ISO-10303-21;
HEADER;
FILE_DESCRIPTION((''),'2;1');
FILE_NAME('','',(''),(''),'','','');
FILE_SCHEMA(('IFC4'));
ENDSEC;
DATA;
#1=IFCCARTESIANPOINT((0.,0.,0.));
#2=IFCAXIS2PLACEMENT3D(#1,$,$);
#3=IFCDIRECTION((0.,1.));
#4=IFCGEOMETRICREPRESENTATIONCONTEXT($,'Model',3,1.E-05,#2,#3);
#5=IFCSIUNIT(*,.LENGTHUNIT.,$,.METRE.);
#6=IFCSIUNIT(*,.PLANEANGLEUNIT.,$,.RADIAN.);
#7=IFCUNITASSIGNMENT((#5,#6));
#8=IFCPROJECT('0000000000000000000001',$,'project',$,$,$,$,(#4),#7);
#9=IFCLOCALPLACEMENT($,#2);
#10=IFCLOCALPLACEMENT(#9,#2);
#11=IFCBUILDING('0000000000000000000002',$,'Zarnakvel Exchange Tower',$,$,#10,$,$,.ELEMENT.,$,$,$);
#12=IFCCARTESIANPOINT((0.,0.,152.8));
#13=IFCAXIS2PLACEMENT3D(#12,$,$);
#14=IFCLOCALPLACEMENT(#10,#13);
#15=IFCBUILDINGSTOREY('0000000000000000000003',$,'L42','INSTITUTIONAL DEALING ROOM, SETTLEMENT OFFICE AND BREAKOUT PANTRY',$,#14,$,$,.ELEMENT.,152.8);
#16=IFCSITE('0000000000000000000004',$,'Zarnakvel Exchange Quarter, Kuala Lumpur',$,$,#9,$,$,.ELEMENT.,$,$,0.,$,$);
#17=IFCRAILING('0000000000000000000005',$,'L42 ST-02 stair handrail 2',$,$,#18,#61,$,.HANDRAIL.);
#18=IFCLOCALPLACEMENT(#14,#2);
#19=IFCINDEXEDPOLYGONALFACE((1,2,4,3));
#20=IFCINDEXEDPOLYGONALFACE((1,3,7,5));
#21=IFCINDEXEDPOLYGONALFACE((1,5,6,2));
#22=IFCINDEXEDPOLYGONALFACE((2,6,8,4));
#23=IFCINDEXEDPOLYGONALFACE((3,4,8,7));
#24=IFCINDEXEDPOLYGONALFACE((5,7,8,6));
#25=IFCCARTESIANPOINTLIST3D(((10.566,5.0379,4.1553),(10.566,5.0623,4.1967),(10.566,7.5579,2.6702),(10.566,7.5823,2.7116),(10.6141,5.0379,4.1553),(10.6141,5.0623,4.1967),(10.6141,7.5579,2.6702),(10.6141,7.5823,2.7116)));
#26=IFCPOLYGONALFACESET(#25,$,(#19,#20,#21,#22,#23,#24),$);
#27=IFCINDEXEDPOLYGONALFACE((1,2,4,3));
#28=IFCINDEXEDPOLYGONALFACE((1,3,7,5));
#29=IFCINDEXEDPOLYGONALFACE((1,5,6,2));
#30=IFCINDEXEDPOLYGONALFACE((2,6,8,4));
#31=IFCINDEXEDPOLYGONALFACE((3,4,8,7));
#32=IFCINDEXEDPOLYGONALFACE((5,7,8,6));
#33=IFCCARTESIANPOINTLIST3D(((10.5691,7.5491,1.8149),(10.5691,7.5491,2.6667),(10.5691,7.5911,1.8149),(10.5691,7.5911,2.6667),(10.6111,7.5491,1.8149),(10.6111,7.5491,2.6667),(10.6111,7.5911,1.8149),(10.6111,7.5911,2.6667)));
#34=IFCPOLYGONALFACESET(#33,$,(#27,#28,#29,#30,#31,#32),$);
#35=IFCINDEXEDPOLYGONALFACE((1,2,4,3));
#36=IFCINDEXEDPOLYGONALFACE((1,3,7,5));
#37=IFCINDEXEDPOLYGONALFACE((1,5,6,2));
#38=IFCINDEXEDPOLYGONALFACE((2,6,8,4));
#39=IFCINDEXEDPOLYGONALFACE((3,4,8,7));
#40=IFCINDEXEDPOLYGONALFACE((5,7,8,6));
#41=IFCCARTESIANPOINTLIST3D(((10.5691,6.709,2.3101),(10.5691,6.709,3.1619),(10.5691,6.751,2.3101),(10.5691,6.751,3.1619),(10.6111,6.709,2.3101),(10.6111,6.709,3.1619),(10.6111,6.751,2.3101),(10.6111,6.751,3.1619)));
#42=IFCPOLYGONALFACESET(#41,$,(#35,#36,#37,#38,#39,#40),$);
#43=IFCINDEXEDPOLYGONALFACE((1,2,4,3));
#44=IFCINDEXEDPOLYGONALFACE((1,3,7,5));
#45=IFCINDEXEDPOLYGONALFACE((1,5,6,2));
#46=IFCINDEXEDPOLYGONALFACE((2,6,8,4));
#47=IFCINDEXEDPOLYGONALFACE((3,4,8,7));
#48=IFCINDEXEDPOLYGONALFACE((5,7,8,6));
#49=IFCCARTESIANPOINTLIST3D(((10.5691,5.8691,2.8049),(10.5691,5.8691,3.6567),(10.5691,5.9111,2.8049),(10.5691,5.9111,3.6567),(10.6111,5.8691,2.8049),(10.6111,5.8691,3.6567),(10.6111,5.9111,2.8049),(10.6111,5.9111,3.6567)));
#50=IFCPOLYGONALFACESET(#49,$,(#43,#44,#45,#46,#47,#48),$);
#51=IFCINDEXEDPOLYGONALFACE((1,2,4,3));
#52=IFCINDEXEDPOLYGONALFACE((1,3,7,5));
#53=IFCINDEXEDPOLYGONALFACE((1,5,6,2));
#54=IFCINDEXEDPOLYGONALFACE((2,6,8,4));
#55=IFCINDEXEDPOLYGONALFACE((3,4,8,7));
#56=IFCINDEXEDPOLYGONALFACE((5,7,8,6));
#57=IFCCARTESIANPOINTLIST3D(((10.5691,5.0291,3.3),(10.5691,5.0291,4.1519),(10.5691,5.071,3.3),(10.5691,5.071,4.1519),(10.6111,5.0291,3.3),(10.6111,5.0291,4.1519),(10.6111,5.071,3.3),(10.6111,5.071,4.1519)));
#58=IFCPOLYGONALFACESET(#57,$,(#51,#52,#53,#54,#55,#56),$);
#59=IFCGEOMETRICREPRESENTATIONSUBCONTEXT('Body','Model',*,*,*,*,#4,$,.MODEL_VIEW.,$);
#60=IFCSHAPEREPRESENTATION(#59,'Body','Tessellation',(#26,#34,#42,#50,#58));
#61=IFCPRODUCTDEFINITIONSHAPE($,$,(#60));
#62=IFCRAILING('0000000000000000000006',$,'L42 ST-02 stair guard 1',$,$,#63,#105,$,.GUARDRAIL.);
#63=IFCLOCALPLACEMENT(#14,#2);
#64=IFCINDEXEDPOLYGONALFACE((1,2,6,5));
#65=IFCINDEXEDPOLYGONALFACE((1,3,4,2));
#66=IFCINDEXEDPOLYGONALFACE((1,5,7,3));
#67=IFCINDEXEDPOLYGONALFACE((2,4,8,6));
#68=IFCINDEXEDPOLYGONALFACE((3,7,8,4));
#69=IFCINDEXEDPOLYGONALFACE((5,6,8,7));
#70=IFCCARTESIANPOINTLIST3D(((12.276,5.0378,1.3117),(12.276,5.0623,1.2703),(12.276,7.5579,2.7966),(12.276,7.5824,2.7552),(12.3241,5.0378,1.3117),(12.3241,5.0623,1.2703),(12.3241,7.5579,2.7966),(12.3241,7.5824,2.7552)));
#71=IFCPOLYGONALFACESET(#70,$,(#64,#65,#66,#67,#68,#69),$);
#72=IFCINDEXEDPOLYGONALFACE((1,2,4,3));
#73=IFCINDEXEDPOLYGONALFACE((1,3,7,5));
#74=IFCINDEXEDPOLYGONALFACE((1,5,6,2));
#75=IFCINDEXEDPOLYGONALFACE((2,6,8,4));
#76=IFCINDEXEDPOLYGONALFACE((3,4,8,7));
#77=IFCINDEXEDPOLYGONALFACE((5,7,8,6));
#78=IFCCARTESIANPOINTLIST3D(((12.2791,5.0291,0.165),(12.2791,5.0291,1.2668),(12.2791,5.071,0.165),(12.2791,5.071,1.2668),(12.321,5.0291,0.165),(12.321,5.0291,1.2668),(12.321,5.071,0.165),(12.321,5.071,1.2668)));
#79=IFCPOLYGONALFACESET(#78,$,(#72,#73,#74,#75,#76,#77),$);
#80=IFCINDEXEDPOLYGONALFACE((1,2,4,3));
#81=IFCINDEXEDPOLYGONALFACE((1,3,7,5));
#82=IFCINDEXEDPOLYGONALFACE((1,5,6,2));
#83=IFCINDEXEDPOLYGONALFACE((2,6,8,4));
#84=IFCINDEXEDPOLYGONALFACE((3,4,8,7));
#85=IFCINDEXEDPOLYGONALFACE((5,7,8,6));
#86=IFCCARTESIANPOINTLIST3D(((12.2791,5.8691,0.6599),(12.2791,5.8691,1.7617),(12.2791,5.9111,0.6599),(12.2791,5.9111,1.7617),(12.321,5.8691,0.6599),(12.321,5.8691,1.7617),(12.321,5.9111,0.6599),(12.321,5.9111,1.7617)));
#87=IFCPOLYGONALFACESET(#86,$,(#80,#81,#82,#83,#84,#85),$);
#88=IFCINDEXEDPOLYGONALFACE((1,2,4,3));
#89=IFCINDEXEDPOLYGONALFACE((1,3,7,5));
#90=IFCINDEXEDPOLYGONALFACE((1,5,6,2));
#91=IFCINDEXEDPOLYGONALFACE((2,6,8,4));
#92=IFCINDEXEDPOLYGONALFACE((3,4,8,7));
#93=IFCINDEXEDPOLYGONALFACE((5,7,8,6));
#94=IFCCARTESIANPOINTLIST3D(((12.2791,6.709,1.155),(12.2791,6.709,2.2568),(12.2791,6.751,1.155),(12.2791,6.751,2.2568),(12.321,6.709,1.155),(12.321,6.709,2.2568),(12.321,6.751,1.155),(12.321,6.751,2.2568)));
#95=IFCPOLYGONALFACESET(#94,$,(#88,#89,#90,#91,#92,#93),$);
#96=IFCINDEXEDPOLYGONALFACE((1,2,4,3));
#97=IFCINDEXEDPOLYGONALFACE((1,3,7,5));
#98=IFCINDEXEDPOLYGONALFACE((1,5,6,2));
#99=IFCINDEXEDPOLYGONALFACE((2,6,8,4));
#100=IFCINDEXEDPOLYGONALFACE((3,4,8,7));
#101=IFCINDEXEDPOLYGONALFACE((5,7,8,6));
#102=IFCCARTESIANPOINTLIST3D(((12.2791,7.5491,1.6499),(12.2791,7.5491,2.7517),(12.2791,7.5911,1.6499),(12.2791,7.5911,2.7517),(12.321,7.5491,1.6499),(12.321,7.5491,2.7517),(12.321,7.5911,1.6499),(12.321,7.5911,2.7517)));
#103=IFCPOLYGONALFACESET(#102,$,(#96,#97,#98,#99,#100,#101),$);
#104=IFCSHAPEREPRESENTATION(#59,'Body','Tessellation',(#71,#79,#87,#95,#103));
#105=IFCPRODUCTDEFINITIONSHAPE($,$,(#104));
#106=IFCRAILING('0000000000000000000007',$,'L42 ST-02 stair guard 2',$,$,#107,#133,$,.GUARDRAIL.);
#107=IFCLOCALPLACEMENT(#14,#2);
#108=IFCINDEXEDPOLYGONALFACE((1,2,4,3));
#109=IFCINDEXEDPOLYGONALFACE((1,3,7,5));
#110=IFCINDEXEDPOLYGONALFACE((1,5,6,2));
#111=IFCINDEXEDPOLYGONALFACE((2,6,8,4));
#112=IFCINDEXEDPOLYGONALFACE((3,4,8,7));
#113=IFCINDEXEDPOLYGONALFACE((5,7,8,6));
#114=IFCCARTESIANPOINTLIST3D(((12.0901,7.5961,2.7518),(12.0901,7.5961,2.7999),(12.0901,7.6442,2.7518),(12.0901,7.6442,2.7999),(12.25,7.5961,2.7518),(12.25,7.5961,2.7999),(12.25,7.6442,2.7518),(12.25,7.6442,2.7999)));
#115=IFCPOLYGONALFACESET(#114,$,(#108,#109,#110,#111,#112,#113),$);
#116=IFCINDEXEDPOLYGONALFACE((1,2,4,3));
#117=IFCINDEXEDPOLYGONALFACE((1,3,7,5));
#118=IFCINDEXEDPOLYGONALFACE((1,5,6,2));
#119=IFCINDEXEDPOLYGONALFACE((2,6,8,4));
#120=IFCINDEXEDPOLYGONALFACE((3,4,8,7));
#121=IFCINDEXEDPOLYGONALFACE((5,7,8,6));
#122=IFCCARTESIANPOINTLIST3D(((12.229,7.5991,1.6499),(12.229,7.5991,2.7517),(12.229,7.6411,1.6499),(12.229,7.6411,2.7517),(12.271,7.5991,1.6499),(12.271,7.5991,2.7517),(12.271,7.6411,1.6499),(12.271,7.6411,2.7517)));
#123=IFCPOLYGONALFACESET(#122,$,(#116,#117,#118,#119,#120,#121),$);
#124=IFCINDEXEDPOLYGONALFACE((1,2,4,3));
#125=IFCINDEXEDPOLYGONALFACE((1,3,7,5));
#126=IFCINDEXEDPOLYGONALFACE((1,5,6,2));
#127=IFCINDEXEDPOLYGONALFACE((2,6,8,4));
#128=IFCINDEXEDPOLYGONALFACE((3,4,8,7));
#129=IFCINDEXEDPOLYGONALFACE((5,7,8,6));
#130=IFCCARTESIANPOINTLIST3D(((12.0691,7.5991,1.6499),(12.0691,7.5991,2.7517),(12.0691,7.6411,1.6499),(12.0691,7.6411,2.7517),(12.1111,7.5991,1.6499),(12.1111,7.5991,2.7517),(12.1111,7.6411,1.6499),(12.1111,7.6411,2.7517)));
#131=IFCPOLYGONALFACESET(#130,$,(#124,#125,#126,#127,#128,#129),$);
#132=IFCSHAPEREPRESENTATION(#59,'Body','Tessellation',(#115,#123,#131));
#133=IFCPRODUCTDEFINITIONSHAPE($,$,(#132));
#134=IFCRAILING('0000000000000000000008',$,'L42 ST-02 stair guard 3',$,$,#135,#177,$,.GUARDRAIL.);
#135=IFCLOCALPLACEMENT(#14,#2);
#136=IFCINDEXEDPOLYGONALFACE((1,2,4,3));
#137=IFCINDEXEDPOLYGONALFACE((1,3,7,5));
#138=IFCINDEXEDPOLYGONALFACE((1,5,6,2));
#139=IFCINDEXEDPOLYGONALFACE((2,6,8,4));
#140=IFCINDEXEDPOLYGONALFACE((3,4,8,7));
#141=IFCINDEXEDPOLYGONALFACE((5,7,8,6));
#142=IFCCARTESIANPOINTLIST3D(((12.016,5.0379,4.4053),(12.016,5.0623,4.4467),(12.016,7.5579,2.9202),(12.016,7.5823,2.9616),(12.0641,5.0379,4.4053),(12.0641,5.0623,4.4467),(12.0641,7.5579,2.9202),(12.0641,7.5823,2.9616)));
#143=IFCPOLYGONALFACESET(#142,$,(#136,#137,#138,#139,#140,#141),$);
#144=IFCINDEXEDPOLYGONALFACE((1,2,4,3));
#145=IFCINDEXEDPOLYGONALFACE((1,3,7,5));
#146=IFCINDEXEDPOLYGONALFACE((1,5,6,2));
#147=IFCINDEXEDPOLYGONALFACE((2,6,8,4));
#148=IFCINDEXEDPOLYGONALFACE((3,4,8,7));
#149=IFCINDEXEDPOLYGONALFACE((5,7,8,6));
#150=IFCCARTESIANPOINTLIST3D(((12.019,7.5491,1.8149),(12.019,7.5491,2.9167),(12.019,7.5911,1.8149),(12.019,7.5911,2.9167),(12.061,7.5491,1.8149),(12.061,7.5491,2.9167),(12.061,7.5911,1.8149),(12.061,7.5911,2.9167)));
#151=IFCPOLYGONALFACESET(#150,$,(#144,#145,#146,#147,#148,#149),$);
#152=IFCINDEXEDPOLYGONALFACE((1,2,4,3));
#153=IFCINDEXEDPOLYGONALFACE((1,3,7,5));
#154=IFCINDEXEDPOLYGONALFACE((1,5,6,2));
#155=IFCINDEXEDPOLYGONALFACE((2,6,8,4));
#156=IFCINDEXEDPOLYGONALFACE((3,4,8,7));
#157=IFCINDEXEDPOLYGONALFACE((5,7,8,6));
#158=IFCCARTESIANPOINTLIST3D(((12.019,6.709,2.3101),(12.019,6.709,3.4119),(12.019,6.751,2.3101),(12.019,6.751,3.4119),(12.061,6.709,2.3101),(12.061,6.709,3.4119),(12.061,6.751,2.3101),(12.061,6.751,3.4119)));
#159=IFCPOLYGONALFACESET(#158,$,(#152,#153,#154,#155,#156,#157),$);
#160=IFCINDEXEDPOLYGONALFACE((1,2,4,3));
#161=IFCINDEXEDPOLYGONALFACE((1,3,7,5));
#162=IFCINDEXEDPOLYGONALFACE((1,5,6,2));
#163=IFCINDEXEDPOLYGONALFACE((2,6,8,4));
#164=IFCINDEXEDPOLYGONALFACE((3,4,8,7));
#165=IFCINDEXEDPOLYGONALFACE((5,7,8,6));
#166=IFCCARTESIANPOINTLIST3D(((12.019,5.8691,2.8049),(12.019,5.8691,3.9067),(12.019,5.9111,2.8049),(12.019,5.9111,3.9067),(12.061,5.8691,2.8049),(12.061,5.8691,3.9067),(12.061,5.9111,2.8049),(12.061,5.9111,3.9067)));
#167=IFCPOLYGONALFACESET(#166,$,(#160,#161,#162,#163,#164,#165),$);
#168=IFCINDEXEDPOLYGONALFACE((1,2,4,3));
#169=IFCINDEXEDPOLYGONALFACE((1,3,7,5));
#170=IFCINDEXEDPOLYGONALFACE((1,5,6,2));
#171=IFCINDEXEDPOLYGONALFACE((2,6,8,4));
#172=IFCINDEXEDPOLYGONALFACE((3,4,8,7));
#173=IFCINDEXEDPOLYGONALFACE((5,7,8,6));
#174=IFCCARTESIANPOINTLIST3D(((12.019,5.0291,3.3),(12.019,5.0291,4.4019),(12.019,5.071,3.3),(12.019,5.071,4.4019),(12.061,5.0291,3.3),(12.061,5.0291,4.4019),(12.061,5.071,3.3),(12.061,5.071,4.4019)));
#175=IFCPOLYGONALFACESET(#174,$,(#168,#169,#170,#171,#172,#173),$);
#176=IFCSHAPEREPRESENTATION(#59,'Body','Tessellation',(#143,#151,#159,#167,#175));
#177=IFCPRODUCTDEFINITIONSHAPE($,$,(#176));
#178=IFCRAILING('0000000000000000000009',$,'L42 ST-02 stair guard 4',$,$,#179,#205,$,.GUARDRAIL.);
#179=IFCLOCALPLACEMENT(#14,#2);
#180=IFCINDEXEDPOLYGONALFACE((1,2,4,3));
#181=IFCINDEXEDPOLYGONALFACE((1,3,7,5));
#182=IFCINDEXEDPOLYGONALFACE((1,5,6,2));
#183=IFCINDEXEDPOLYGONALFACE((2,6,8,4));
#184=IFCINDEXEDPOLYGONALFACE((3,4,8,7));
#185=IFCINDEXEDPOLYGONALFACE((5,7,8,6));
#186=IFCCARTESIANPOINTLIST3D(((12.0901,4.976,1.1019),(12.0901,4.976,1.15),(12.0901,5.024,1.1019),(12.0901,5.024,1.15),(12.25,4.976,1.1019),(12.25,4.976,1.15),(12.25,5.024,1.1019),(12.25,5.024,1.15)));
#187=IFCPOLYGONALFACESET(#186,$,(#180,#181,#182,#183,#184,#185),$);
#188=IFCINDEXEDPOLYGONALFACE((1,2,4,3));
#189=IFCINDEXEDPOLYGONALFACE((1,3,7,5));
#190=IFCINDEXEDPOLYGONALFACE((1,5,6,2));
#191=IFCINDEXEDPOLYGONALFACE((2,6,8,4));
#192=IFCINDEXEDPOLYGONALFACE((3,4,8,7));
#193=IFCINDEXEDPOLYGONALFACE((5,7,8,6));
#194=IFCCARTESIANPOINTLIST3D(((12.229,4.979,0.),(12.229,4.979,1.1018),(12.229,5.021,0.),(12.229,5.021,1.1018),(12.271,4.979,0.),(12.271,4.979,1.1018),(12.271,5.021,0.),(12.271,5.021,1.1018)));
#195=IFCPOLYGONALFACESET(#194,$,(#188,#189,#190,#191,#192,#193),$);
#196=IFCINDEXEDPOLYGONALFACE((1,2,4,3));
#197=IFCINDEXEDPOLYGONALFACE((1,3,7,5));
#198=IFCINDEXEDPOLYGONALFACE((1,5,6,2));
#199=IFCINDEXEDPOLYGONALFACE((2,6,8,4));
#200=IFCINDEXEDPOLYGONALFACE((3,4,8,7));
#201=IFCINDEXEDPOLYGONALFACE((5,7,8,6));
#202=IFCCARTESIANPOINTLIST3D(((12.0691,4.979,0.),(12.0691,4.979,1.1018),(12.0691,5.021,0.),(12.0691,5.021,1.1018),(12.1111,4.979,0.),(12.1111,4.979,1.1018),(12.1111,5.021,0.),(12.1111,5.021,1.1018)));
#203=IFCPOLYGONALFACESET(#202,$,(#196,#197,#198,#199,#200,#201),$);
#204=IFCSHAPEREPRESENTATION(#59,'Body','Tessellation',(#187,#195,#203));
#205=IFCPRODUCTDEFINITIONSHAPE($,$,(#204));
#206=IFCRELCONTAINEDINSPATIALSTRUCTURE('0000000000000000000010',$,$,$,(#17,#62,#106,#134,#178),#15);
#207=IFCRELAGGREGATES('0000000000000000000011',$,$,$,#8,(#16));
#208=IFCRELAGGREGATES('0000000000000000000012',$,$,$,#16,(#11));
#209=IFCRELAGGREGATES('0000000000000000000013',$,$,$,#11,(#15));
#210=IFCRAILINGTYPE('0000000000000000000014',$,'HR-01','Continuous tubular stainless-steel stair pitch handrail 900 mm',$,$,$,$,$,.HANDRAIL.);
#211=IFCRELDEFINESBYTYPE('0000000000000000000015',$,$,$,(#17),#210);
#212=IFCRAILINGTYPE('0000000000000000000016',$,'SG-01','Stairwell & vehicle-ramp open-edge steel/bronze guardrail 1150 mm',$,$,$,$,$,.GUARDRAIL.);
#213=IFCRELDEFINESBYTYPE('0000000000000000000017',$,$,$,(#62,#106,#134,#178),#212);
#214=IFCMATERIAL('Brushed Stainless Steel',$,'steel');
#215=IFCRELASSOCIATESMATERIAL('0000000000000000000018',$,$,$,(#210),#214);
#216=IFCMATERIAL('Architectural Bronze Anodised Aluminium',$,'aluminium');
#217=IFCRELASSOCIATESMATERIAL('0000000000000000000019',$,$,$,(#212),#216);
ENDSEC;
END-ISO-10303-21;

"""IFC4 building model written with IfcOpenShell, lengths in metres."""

from ifc_helpers import new_model, si_unit, direction, frame, origin, origin_2d, place, context, subcontext, project, spatial, rectangle, extrude, material, type_object, element, save


model = new_model("IFC4")

# Units and contexts
model_context = context("Model", 3, precision=1e-05, world=origin(), true_north=direction((0.0, 1.0)))
body_context = subcontext(model_context, "Body", "Model", "MODEL_VIEW")
ifc_project = project(units=[si_unit("LENGTHUNIT", "METRE"), si_unit("PLANEANGLEUNIT", "RADIAN")], contexts=[model_context])

# Site, building, storey
site_placement = place(None, origin())
site = spatial("IfcSite", under=ifc_project, at=site_placement, Name="Zarnakvel Exchange Quarter, Kuala Lumpur", CompositionType="ELEMENT", RefElevation=0.0)
building_placement = place(site_placement, origin())
building = spatial("IfcBuilding", under=site, at=building_placement, Name="Zarnakvel Exchange Tower", CompositionType="ELEMENT")
storey_placement = place(building_placement, frame((0.0, 0.0, 152.8)))
storey = spatial("IfcBuildingStorey", under=building, at=storey_placement, Name="L42", Description="INSTITUTIONAL DEALING ROOM, SETTLEMENT OFFICE AND BREAKOUT PANTRY", CompositionType="ELEMENT", Elevation=152.8)

# Shared definitions
ifc_material_1 = material(Name="Architectural Bronze Anodised Aluminium", Category="aluminium")

# Railings
ifc_material_2 = material(Name="Brushed Stainless Steel", Category="steel")
railing_type_1 = type_object("IfcRailingType", Name="HR-01", Description="Continuous tubular stainless-steel stair pitch handrail 900 mm", PredefinedType="HANDRAIL", material=ifc_material_2)
railing_1_placement = place(storey_placement, frame((10.5901, 7.5701, 1.8149)))
element("IfcRailing", 1, at=railing_1_placement, inside=storey, type_object=railing_type_1, Name="L42 ST-02 stair handrail 2", PredefinedType="HANDRAIL", context=body_context, shape_type="SweptSolid", body=[
    extrude(rectangle(XDim=0.0481, YDim=0.0481, at=origin_2d()), frame((0.0, 0.0, 0.876), z_axis=(0.0, -0.861524, 0.507717), x_axis=(1.0, 0.0, 0.0)), (0.0, 0.0, 1.0), 2.925),
    extrude(rectangle(XDim=0.042, YDim=0.042, at=origin_2d()), origin(), (0.0, 0.0, 1.0), 0.8518),
    extrude(rectangle(XDim=0.042, YDim=0.042, at=origin_2d()), frame((0.0, -0.8401, 0.4951)), (0.0, 0.0, 1.0), 0.8518),
    extrude(rectangle(XDim=0.042, YDim=0.042, at=origin_2d()), frame((0.0, -1.6799, 0.99)), (0.0, 0.0, 1.0), 0.8518),
    extrude(rectangle(XDim=0.042, YDim=0.042, at=origin_2d()), frame((0.0, -2.52, 1.4851)), (0.0, 0.0, 1.0), 0.8518),
])
railing_type_2 = type_object("IfcRailingType", Name="SG-01", Description="Stairwell & vehicle-ramp open-edge steel/bronze guardrail 1150 mm", PredefinedType="GUARDRAIL", material=ifc_material_1)
railing_2_placement = place(storey_placement, frame((12.3, 5.05, 0.165)))
element("IfcRailing", 2, at=railing_2_placement, inside=storey, type_object=railing_type_2, Name="L42 ST-02 stair guard 1", PredefinedType="GUARDRAIL", context=body_context, shape_type="SweptSolid", body=[
    extrude(rectangle(XDim=0.0481, YDim=0.0481, at=origin_2d()), frame((0.0, 0.0, 1.126), z_axis=(0.0, 0.861561, 0.507655), x_axis=(-1.0, 0.0, 0.0)), (0.0, 0.0, 1.0), 2.925),
    extrude(rectangle(XDim=0.042, YDim=0.042, at=origin_2d()), origin(), (0.0, 0.0, 1.0), 1.1018),
    extrude(rectangle(XDim=0.042, YDim=0.042, at=origin_2d()), frame((0.0, 0.8401, 0.4949)), (0.0, 0.0, 1.0), 1.1018),
    extrude(rectangle(XDim=0.042, YDim=0.042, at=origin_2d()), frame((0.0, 1.6799, 0.99)), (0.0, 0.0, 1.0), 1.1018),
    extrude(rectangle(XDim=0.042, YDim=0.042, at=origin_2d()), frame((0.0, 2.52, 1.4849)), (0.0, 0.0, 1.0), 1.1018),
])
railing_3_placement = place(storey_placement, frame((12.25, 7.6201, 1.6499)))
element("IfcRailing", 3, at=railing_3_placement, inside=storey, type_object=railing_type_2, Name="L42 ST-02 stair guard 2", PredefinedType="GUARDRAIL", context=body_context, shape_type="SweptSolid", body=[
    extrude(rectangle(XDim=0.0481, YDim=0.0481, at=origin_2d()), frame((0.0, 0.0, 1.126), z_axis=(-1.0, 0.0, 0.0), x_axis=(0.0, -1.0, 0.0)), (0.0, 0.0, 1.0), 0.1599),
    extrude(rectangle(XDim=0.042, YDim=0.042, at=origin_2d()), origin(), (0.0, 0.0, 1.0), 1.1018),
    extrude(rectangle(XDim=0.042, YDim=0.042, at=origin_2d()), frame((-0.1599, 0.0, 0.0)), (0.0, 0.0, 1.0), 1.1018),
])
railing_4_placement = place(storey_placement, frame((12.04, 7.5701, 1.8149)))
element("IfcRailing", 4, at=railing_4_placement, inside=storey, type_object=railing_type_2, Name="L42 ST-02 stair guard 3", PredefinedType="GUARDRAIL", context=body_context, shape_type="SweptSolid", body=[
    extrude(rectangle(XDim=0.0481, YDim=0.0481, at=origin_2d()), frame((0.0, 0.0, 1.126), z_axis=(0.0, -0.861524, 0.507717), x_axis=(1.0, 0.0, 0.0)), (0.0, 0.0, 1.0), 2.925),
    extrude(rectangle(XDim=0.042, YDim=0.042, at=origin_2d()), origin(), (0.0, 0.0, 1.0), 1.1018),
    extrude(rectangle(XDim=0.042, YDim=0.042, at=origin_2d()), frame((0.0, -0.8401, 0.4951)), (0.0, 0.0, 1.0), 1.1018),
    extrude(rectangle(XDim=0.042, YDim=0.042, at=origin_2d()), frame((0.0, -1.6799, 0.99)), (0.0, 0.0, 1.0), 1.1018),
    extrude(rectangle(XDim=0.042, YDim=0.042, at=origin_2d()), frame((0.0, -2.52, 1.4851)), (0.0, 0.0, 1.0), 1.1018),
])
railing_5_placement = place(storey_placement, frame((12.25, 5.0, 0.0)))
element("IfcRailing", 5, at=railing_5_placement, inside=storey, type_object=railing_type_2, Name="L42 ST-02 stair guard 4", PredefinedType="GUARDRAIL", context=body_context, shape_type="SweptSolid", body=[
    extrude(rectangle(XDim=0.0481, YDim=0.0481, at=origin_2d()), frame((0.0, 0.0, 1.126), z_axis=(-1.0, 0.0, 0.0), x_axis=(0.0, -1.0, 0.0)), (0.0, 0.0, 1.0), 0.1599),
    extrude(rectangle(XDim=0.042, YDim=0.042, at=origin_2d()), origin(), (0.0, 0.0, 1.0), 1.1018),
    extrude(rectangle(XDim=0.042, YDim=0.042, at=origin_2d()), frame((-0.1599, 0.0, 0.0)), (0.0, 0.0, 1.0), 1.1018),
])

save(model, "model.ifc")
